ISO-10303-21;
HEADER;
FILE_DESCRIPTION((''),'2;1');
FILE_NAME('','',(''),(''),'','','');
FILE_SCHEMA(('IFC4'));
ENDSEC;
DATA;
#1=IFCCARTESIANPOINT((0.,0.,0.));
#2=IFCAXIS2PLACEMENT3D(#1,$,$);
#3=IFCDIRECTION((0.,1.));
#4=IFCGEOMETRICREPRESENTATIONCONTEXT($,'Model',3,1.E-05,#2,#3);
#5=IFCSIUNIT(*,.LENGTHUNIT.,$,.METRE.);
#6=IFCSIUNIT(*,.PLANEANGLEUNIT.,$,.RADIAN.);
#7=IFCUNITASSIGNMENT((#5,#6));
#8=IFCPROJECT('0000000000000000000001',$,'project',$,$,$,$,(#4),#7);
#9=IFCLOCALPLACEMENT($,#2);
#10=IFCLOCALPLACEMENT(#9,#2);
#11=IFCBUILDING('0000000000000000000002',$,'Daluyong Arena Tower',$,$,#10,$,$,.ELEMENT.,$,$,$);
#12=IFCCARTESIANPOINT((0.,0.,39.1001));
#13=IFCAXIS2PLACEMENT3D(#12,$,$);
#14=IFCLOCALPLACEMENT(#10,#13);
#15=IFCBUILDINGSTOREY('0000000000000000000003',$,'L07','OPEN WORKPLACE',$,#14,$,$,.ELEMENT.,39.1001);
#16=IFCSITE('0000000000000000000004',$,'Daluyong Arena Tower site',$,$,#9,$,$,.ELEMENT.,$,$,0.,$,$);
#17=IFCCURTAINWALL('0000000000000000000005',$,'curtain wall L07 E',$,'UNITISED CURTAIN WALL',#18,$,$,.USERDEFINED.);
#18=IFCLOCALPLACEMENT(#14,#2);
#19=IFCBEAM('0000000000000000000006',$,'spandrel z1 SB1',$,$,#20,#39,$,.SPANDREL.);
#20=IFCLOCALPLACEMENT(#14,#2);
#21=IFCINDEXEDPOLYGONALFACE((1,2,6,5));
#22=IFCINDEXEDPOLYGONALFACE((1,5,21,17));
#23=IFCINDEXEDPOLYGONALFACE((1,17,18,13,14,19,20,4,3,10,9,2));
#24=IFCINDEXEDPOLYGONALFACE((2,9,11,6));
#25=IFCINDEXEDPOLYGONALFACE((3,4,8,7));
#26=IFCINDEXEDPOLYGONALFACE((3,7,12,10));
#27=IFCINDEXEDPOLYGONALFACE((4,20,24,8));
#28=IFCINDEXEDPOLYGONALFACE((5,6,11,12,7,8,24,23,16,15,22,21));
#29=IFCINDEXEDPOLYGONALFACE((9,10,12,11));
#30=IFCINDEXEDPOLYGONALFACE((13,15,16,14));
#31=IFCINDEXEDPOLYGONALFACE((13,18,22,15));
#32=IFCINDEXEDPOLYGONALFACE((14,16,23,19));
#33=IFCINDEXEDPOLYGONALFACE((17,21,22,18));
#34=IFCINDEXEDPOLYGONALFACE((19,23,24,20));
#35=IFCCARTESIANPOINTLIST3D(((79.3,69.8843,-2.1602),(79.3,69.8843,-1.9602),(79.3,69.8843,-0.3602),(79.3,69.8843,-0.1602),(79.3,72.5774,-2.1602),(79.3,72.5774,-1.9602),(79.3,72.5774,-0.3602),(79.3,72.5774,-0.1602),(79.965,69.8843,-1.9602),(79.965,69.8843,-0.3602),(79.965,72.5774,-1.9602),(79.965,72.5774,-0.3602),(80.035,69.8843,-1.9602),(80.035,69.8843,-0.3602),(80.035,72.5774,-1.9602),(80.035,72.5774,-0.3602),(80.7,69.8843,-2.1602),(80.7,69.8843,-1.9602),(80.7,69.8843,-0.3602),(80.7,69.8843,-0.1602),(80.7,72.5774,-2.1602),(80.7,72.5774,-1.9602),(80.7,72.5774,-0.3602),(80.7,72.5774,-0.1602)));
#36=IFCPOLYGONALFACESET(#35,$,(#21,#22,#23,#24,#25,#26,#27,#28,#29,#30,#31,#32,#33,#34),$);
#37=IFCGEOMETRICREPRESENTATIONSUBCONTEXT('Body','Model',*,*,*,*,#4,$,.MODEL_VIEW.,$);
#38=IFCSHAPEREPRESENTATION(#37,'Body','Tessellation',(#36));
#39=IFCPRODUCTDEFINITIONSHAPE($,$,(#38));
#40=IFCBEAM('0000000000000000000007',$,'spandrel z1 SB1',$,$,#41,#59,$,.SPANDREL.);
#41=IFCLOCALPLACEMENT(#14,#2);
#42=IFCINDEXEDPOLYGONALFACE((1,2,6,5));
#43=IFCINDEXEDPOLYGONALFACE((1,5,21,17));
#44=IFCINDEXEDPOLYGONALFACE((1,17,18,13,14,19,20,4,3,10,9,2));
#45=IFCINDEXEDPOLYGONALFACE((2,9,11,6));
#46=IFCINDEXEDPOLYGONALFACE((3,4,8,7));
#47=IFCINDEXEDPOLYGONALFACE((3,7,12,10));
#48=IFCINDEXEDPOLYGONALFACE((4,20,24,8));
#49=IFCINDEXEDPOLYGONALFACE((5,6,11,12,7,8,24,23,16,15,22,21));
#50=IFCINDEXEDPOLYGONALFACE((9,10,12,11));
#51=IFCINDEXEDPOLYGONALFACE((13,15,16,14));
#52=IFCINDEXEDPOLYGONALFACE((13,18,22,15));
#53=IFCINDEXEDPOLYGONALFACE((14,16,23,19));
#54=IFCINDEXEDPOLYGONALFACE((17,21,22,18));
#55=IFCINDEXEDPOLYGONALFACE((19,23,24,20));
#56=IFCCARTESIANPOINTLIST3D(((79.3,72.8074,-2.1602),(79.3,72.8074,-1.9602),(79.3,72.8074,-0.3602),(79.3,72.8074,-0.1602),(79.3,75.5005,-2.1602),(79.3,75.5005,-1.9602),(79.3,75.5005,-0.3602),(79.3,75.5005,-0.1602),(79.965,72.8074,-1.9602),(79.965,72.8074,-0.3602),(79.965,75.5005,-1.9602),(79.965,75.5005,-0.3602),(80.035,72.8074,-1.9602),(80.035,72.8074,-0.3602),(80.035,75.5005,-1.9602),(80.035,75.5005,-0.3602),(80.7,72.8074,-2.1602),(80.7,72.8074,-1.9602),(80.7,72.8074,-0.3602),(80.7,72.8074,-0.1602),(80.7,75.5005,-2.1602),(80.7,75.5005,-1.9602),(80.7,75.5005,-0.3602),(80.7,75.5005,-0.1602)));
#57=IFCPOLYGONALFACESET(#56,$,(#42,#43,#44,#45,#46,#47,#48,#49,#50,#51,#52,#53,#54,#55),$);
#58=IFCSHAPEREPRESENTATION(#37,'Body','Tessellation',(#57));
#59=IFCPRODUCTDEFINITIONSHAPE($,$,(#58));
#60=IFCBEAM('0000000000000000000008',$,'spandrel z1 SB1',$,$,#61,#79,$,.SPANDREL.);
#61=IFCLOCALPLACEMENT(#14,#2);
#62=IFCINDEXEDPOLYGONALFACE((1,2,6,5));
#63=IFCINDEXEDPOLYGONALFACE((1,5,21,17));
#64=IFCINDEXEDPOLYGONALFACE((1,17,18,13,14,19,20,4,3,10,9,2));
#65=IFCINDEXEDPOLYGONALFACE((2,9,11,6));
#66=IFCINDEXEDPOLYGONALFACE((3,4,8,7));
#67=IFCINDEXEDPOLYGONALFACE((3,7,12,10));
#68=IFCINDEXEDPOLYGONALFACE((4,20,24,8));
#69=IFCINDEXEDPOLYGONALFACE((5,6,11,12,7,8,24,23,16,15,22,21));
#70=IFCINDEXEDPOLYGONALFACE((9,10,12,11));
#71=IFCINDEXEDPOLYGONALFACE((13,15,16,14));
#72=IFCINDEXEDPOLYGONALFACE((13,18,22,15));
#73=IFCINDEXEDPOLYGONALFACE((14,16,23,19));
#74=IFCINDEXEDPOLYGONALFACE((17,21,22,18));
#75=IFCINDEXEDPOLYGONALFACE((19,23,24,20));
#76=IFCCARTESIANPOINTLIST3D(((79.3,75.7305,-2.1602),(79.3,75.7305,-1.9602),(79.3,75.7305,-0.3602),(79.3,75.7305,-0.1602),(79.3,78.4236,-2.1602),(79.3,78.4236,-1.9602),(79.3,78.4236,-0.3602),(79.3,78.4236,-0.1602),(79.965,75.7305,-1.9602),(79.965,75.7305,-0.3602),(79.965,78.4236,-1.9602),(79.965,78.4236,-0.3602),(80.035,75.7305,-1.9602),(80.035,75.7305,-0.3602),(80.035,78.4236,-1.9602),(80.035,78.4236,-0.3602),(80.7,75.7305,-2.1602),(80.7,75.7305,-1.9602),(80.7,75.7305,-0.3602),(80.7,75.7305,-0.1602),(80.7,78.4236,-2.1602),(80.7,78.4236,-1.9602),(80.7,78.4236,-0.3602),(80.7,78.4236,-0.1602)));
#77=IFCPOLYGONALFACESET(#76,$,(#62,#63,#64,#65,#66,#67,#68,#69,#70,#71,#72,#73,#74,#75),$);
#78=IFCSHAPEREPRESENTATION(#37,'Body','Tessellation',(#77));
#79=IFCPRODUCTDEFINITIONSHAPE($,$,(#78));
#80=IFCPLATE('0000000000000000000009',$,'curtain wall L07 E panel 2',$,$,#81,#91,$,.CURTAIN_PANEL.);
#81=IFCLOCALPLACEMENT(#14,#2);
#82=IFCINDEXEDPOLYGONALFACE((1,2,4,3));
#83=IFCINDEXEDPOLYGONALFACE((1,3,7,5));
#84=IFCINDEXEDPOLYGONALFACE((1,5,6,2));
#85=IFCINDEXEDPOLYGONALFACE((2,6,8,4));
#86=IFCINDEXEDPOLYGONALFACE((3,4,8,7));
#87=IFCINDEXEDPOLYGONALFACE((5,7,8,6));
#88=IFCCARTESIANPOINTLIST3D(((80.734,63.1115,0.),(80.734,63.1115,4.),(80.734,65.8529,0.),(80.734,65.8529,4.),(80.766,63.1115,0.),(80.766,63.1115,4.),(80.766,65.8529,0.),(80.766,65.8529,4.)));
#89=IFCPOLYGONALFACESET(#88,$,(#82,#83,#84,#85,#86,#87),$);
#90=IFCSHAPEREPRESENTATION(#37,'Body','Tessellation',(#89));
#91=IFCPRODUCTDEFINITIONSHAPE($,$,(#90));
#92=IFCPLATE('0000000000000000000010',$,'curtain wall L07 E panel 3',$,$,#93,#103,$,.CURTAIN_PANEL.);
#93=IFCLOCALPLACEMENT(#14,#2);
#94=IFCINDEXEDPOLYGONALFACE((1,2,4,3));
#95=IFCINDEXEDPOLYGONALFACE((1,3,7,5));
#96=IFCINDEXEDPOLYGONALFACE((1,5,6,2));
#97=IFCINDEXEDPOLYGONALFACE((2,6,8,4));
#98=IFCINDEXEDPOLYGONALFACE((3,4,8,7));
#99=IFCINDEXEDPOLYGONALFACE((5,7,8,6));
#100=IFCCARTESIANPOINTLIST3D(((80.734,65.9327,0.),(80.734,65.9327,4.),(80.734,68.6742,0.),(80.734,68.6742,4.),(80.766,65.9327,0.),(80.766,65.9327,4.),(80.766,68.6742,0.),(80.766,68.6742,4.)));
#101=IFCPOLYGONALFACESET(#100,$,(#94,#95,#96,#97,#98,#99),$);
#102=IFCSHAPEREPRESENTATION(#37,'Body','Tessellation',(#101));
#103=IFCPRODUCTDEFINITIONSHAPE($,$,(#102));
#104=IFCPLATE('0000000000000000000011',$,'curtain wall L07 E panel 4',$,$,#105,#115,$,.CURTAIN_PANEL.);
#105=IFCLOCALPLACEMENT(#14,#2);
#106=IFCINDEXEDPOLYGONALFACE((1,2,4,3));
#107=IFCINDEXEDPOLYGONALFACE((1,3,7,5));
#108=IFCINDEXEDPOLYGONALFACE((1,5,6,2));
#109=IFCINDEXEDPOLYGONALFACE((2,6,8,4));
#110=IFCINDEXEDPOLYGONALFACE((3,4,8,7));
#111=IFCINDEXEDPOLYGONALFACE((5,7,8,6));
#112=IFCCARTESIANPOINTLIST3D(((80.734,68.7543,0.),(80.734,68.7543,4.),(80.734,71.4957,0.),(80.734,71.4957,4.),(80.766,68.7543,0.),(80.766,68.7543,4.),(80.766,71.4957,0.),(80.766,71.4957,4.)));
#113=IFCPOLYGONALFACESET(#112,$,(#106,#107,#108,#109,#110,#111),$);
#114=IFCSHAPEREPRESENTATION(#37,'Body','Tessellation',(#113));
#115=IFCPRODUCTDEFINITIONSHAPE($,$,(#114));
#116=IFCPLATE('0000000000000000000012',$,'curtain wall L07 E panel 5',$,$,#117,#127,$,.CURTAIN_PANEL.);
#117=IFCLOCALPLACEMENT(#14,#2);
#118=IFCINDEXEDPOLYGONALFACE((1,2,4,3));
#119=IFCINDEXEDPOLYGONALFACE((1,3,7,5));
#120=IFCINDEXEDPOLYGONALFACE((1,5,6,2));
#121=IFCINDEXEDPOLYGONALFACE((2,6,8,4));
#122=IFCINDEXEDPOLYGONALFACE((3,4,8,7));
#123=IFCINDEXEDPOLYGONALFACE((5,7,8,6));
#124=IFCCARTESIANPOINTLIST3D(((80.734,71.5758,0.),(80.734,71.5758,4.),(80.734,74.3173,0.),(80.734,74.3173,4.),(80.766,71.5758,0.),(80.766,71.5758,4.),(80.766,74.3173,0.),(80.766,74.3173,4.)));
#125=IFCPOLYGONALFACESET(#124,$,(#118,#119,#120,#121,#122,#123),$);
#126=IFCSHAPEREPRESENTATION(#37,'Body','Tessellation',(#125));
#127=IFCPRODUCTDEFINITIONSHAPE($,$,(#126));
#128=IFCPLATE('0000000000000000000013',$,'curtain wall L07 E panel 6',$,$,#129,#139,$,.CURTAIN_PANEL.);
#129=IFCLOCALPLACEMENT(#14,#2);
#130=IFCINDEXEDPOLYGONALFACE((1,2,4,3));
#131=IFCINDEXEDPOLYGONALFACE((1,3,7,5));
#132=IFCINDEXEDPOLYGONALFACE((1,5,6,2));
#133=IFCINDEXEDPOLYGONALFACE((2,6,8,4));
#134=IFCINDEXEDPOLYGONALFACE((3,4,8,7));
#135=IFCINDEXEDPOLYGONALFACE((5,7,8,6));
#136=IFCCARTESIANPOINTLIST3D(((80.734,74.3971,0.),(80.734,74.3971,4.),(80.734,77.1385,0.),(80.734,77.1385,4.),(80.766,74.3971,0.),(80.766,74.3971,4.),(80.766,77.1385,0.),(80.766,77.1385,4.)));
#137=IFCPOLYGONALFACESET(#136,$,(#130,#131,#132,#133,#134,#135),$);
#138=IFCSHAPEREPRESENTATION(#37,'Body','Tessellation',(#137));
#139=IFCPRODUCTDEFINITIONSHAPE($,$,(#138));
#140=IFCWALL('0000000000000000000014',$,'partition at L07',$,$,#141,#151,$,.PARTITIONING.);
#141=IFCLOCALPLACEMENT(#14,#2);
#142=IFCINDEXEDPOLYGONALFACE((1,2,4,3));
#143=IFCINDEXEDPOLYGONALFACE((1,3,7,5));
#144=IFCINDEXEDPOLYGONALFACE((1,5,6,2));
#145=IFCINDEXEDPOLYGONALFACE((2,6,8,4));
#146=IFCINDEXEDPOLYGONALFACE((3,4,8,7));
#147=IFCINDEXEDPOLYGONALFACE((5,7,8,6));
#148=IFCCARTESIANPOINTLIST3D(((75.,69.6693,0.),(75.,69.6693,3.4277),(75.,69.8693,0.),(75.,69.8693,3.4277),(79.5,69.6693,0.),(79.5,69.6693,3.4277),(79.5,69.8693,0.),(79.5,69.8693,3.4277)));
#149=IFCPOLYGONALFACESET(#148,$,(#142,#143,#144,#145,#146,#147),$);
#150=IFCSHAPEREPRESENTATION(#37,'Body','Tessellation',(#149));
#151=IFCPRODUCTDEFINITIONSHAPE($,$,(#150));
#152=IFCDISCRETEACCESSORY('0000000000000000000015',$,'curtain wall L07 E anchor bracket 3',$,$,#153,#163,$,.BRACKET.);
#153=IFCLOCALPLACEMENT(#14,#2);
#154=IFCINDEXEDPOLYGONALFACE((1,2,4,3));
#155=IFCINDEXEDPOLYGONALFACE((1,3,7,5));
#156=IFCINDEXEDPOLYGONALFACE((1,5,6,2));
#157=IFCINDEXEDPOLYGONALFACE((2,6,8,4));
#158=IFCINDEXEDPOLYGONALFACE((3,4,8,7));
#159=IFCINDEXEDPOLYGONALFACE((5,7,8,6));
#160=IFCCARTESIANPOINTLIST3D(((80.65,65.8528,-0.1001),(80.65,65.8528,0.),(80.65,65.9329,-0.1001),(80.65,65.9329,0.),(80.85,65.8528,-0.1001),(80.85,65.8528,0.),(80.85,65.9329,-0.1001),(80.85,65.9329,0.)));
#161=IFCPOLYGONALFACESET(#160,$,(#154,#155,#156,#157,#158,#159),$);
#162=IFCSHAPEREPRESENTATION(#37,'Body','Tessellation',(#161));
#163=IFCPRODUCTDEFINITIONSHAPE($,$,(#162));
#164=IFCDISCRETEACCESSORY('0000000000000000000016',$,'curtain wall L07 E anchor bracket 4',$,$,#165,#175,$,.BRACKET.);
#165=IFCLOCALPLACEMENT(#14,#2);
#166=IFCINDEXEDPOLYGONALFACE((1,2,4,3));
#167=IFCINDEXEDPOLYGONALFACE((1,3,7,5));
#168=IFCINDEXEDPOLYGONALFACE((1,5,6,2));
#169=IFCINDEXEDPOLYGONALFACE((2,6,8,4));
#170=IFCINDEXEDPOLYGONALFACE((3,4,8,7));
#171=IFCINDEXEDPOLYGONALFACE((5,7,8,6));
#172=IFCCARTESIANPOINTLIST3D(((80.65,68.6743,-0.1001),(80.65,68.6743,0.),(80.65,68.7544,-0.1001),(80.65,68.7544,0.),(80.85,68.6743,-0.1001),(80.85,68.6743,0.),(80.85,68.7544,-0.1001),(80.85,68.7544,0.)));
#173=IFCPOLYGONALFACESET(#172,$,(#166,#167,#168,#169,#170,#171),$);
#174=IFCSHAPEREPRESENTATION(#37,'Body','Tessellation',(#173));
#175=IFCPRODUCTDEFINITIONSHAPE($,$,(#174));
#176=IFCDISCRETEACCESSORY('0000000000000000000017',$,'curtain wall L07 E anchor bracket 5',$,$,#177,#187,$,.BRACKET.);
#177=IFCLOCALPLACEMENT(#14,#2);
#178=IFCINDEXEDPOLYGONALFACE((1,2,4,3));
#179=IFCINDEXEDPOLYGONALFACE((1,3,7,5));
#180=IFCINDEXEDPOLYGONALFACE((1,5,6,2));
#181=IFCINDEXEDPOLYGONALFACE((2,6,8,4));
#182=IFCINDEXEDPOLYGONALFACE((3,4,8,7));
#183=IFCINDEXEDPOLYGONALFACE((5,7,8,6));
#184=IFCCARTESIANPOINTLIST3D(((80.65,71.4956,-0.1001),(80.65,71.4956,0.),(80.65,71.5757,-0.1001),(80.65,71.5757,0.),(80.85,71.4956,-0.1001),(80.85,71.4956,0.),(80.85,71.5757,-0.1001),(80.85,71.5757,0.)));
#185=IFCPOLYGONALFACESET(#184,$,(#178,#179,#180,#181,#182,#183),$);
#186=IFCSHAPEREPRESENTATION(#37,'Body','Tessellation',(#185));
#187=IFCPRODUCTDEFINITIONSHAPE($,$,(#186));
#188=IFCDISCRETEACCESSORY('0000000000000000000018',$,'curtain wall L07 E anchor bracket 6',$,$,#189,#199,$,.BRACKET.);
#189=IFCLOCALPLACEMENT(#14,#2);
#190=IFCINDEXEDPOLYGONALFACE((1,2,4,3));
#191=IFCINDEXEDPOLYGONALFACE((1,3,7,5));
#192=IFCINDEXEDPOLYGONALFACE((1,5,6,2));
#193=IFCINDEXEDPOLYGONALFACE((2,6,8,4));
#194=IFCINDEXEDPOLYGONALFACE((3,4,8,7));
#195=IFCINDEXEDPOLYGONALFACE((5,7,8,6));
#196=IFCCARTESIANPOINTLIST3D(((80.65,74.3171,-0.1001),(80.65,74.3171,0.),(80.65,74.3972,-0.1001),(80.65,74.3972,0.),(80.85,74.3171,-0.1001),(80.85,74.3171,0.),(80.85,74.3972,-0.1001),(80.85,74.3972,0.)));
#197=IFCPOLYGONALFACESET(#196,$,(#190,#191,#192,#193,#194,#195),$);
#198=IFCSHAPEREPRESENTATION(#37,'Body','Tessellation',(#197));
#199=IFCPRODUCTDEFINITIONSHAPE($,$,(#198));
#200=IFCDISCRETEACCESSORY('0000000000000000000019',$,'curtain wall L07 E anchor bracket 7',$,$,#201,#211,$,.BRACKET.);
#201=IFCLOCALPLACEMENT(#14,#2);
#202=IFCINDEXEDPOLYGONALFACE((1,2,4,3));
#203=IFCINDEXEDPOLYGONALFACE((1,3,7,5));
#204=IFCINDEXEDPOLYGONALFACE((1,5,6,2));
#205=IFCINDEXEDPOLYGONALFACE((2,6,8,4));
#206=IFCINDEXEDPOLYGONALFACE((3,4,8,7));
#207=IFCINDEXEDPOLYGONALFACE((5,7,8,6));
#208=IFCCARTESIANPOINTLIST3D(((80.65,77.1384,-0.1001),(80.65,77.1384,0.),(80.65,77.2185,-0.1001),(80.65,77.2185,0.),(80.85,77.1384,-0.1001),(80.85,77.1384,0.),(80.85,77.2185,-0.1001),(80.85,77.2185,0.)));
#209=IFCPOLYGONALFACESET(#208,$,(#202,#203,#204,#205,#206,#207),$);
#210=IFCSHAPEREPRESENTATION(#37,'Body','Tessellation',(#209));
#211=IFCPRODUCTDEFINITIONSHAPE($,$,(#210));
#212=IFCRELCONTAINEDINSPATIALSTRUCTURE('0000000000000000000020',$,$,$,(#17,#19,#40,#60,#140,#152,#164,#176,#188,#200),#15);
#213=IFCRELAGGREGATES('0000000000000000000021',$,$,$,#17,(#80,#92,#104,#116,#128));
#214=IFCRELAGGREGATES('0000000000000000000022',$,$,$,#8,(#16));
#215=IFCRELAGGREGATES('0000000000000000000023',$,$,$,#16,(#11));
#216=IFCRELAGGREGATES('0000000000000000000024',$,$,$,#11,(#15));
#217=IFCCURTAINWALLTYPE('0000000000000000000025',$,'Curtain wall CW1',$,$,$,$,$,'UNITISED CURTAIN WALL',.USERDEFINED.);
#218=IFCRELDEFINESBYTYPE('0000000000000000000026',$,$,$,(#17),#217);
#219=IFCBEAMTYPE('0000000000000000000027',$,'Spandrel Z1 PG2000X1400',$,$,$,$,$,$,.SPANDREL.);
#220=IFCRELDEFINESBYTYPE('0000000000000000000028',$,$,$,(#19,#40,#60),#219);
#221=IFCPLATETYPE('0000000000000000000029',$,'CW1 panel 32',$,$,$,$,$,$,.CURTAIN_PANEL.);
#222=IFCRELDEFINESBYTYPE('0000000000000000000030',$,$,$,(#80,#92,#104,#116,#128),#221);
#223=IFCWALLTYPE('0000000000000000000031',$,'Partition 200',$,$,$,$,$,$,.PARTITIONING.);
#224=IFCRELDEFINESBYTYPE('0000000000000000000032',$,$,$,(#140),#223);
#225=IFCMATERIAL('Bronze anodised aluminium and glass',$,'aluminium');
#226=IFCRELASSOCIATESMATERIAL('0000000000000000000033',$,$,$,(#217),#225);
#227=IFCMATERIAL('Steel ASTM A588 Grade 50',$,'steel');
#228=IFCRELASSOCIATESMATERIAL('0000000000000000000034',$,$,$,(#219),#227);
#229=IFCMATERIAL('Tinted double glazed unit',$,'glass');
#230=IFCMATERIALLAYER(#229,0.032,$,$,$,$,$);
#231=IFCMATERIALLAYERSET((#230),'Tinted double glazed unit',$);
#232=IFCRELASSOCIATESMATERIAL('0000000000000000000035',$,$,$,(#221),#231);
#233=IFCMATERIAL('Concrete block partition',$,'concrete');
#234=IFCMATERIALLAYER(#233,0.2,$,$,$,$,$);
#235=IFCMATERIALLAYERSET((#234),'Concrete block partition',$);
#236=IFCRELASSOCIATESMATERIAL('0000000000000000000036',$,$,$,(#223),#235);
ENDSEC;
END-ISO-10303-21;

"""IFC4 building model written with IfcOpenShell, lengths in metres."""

from ifc_helpers import new_model, si_unit, direction, frame, frame_2d, origin, origin_2d, place, context, subcontext, project, spatial, rectangle, i_section, extrude, material, layer, layer_set, material_profile, profile_set, type_object, element, aggregate, save


model = new_model("IFC4")

# Units and contexts
model_context = context("Model", 3, precision=1e-05, world=origin(), true_north=direction((0.0, 1.0)))
body_context = subcontext(model_context, "Body", "Model", "MODEL_VIEW")
ifc_project = project(units=[si_unit("LENGTHUNIT", "METRE"), si_unit("PLANEANGLEUNIT", "RADIAN")], contexts=[model_context])

# Site, building, storey
site_placement = place(None, origin())
site = spatial("IfcSite", under=ifc_project, at=site_placement, Name="Daluyong Arena Tower site", CompositionType="ELEMENT", RefElevation=0.0)
building_placement = place(site_placement, origin())
building = spatial("IfcBuilding", under=site, at=building_placement, Name="Daluyong Arena Tower", CompositionType="ELEMENT")
storey_placement = place(building_placement, frame((0.0, 0.0, 39.1001)))
storey = spatial("IfcBuildingStorey", under=building, at=storey_placement, Name="L07", Description="OPEN WORKPLACE", CompositionType="ELEMENT", Elevation=39.1001)

# Curtain wall
ifc_material_1 = material(Name="Bronze anodised aluminium and glass", Category="aluminium")
curtain_wall_type = type_object("IfcCurtainWallType", Name="Curtain wall CW1", ElementType="UNITISED CURTAIN WALL", PredefinedType="USERDEFINED", material=ifc_material_1)
curtain_wall_placement = place(storey_placement, origin())
curtain_wall = element("IfcCurtainWall", 1, at=curtain_wall_placement, inside=storey, type_object=curtain_wall_type, Name="curtain wall L07 E", ObjectType="UNITISED CURTAIN WALL", PredefinedType="USERDEFINED")

# Beams
ifc_material_2 = material(Name="Steel ASTM A588 Grade 50", Category="steel")
ifc_material_profile_1 = material_profile(ifc_material_2, i_section(OverallWidth=1.3999, OverallDepth=2.0, WebThickness=0.07, FlangeThickness=0.2, at=origin_2d()))
ifc_profile_set_1 = profile_set([ifc_material_profile_1], Name="Steel ASTM A588 Grade 50")
beam_type_1 = type_object("IfcBeamType", Name="Spandrel Z1 PG2000X1400", PredefinedType="SPANDREL", material=ifc_profile_set_1)
for number, where, z_axis, x_axis, name in (
    (2, (80.0, 69.8843, -1.1602), (0.0, 1.0, 0.0), (-1.0, 0.0, 0.0), "spandrel z1 SB1"),
    (3, (80.0, 72.8074, -1.1602), (0.0, 1.0, 0.0), (-1.0, 0.0, 0.0), "spandrel z1 SB1"),
    (4, (80.0, 75.7305, -1.1602), (0.0, 1.0, 0.0), (-1.0, 0.0, 0.0), "spandrel z1 SB1"),
):
    element("IfcBeam", number, at=place(storey_placement, frame(where, z_axis=z_axis, x_axis=x_axis)), inside=storey, type_object=beam_type_1, Name=name, PredefinedType="SPANDREL", context=body_context, shape_type="SweptSolid", body=[
        extrude(i_section(OverallWidth=1.3999, OverallDepth=2.0, WebThickness=0.07, FlangeThickness=0.2, at=origin_2d()), origin(), (0.0, 0.0, 1.0), 2.6931),
    ])

# Plates
ifc_material_3 = material(Name="Tinted double glazed unit", Category="glass")
ifc_layer_1 = layer(ifc_material_3, 0.032)
ifc_layer_set_1 = layer_set([ifc_layer_1], Name="Tinted double glazed unit")
plate_type = type_object("IfcPlateType", Name="CW1 panel 32", PredefinedType="CURTAIN_PANEL", material=ifc_layer_set_1)
plate_1_placement = place(storey_placement, frame((80.75, 64.4822, 0.0), z_axis=(0.0, 0.0, 1.0), x_axis=(0.0, 1.0, 0.0)))
plate_1 = element("IfcPlate", 5, at=plate_1_placement, type_object=plate_type, Name="curtain wall L07 E panel 2", PredefinedType="CURTAIN_PANEL", context=body_context, shape_type="SweptSolid", body=[
    extrude(rectangle(XDim=2.7415, YDim=0.032, at=origin_2d()), origin(), (0.0, 0.0, 1.0), 4.0),
])
plate_2_placement = place(storey_placement, frame((80.75, 67.3035, 0.0), z_axis=(0.0, 0.0, 1.0), x_axis=(0.0, 1.0, 0.0)))
plate_2 = element("IfcPlate", 6, at=plate_2_placement, type_object=plate_type, Name="curtain wall L07 E panel 3", PredefinedType="CURTAIN_PANEL", context=body_context, shape_type="SweptSolid", body=[
    extrude(rectangle(XDim=2.7415, YDim=0.032, at=origin_2d()), origin(), (0.0, 0.0, 1.0), 4.0),
])
plate_3_placement = place(storey_placement, frame((80.75, 70.125, 0.0), z_axis=(0.0, 0.0, 1.0), x_axis=(0.0, 1.0, 0.0)))
plate_3 = element("IfcPlate", 7, at=plate_3_placement, type_object=plate_type, Name="curtain wall L07 E panel 4", PredefinedType="CURTAIN_PANEL", context=body_context, shape_type="SweptSolid", body=[
    extrude(rectangle(XDim=2.7415, YDim=0.032, at=origin_2d()), origin(), (0.0, 0.0, 1.0), 4.0),
])
plate_4_placement = place(storey_placement, frame((80.75, 72.9465, 0.0), z_axis=(0.0, 0.0, 1.0), x_axis=(0.0, 1.0, 0.0)))
plate_4 = element("IfcPlate", 8, at=plate_4_placement, type_object=plate_type, Name="curtain wall L07 E panel 5", PredefinedType="CURTAIN_PANEL", context=body_context, shape_type="SweptSolid", body=[
    extrude(rectangle(XDim=2.7415, YDim=0.032, at=origin_2d()), origin(), (0.0, 0.0, 1.0), 4.0),
])
plate_5_placement = place(storey_placement, frame((80.75, 75.7678, 0.0), z_axis=(0.0, 0.0, 1.0), x_axis=(0.0, 1.0, 0.0)))
plate_5 = element("IfcPlate", 9, at=plate_5_placement, type_object=plate_type, Name="curtain wall L07 E panel 6", PredefinedType="CURTAIN_PANEL", context=body_context, shape_type="SweptSolid", body=[
    extrude(rectangle(XDim=2.7415, YDim=0.032, at=origin_2d()), origin(), (0.0, 0.0, 1.0), 4.0),
])
aggregate(curtain_wall, [plate_1, plate_2, plate_3, plate_4, plate_5])

# Wall
ifc_material_4 = material(Name="Concrete block partition", Category="concrete")
ifc_layer_2 = layer(ifc_material_4, 0.2)
ifc_layer_set_2 = layer_set([ifc_layer_2], Name="Concrete block partition")
wall_type = type_object("IfcWallType", Name="Partition 200", PredefinedType="PARTITIONING", material=ifc_layer_set_2)
wall_placement = place(storey_placement, frame((75.0, 69.7693, 0.0), z_axis=(0.0, 0.0, 1.0), x_axis=(1.0, 0.0, 0.0)))
element("IfcWall", 10, at=wall_placement, inside=storey, type_object=wall_type, Name="partition at L07", PredefinedType="PARTITIONING", context=body_context, shape_type="SweptSolid", body=[
    extrude(rectangle(XDim=4.5, YDim=0.2, at=frame_2d((2.25, 0.0))), origin(), (0.0, 0.0, 1.0), 3.4277),
])

# Discrete accessories
for number, where, z_axis, x_axis, name in (
    (11, (80.75, 65.8928, -0.1001), (0.0, 0.0, 1.0), (0.0, 1.0, 0.0), "curtain wall L07 E anchor bracket 3"),
    (12, (80.75, 68.7144, -0.1001), (0.0, 0.0, 1.0), (0.0, 1.0, 0.0), "curtain wall L07 E anchor bracket 4"),
    (13, (80.75, 71.5356, -0.1001), (0.0, 0.0, 1.0), (0.0, 1.0, 0.0), "curtain wall L07 E anchor bracket 5"),
    (14, (80.75, 74.3572, -0.1001), (0.0, 0.0, 1.0), (0.0, 1.0, 0.0), "curtain wall L07 E anchor bracket 6"),
    (15, (80.75, 77.1785, -0.1001), (0.0, 0.0, 1.0), (0.0, 1.0, 0.0), "curtain wall L07 E anchor bracket 7"),
):
    element("IfcDiscreteAccessory", number, at=place(storey_placement, frame(where, z_axis=z_axis, x_axis=x_axis)), inside=storey, Name=name, PredefinedType="BRACKET", context=body_context, shape_type="SweptSolid", body=[
        extrude(rectangle(XDim=0.0801, YDim=0.2, at=origin_2d()), origin(), (0.0, 0.0, 1.0), 0.1001),
    ])

save(model, "model.ifc")
